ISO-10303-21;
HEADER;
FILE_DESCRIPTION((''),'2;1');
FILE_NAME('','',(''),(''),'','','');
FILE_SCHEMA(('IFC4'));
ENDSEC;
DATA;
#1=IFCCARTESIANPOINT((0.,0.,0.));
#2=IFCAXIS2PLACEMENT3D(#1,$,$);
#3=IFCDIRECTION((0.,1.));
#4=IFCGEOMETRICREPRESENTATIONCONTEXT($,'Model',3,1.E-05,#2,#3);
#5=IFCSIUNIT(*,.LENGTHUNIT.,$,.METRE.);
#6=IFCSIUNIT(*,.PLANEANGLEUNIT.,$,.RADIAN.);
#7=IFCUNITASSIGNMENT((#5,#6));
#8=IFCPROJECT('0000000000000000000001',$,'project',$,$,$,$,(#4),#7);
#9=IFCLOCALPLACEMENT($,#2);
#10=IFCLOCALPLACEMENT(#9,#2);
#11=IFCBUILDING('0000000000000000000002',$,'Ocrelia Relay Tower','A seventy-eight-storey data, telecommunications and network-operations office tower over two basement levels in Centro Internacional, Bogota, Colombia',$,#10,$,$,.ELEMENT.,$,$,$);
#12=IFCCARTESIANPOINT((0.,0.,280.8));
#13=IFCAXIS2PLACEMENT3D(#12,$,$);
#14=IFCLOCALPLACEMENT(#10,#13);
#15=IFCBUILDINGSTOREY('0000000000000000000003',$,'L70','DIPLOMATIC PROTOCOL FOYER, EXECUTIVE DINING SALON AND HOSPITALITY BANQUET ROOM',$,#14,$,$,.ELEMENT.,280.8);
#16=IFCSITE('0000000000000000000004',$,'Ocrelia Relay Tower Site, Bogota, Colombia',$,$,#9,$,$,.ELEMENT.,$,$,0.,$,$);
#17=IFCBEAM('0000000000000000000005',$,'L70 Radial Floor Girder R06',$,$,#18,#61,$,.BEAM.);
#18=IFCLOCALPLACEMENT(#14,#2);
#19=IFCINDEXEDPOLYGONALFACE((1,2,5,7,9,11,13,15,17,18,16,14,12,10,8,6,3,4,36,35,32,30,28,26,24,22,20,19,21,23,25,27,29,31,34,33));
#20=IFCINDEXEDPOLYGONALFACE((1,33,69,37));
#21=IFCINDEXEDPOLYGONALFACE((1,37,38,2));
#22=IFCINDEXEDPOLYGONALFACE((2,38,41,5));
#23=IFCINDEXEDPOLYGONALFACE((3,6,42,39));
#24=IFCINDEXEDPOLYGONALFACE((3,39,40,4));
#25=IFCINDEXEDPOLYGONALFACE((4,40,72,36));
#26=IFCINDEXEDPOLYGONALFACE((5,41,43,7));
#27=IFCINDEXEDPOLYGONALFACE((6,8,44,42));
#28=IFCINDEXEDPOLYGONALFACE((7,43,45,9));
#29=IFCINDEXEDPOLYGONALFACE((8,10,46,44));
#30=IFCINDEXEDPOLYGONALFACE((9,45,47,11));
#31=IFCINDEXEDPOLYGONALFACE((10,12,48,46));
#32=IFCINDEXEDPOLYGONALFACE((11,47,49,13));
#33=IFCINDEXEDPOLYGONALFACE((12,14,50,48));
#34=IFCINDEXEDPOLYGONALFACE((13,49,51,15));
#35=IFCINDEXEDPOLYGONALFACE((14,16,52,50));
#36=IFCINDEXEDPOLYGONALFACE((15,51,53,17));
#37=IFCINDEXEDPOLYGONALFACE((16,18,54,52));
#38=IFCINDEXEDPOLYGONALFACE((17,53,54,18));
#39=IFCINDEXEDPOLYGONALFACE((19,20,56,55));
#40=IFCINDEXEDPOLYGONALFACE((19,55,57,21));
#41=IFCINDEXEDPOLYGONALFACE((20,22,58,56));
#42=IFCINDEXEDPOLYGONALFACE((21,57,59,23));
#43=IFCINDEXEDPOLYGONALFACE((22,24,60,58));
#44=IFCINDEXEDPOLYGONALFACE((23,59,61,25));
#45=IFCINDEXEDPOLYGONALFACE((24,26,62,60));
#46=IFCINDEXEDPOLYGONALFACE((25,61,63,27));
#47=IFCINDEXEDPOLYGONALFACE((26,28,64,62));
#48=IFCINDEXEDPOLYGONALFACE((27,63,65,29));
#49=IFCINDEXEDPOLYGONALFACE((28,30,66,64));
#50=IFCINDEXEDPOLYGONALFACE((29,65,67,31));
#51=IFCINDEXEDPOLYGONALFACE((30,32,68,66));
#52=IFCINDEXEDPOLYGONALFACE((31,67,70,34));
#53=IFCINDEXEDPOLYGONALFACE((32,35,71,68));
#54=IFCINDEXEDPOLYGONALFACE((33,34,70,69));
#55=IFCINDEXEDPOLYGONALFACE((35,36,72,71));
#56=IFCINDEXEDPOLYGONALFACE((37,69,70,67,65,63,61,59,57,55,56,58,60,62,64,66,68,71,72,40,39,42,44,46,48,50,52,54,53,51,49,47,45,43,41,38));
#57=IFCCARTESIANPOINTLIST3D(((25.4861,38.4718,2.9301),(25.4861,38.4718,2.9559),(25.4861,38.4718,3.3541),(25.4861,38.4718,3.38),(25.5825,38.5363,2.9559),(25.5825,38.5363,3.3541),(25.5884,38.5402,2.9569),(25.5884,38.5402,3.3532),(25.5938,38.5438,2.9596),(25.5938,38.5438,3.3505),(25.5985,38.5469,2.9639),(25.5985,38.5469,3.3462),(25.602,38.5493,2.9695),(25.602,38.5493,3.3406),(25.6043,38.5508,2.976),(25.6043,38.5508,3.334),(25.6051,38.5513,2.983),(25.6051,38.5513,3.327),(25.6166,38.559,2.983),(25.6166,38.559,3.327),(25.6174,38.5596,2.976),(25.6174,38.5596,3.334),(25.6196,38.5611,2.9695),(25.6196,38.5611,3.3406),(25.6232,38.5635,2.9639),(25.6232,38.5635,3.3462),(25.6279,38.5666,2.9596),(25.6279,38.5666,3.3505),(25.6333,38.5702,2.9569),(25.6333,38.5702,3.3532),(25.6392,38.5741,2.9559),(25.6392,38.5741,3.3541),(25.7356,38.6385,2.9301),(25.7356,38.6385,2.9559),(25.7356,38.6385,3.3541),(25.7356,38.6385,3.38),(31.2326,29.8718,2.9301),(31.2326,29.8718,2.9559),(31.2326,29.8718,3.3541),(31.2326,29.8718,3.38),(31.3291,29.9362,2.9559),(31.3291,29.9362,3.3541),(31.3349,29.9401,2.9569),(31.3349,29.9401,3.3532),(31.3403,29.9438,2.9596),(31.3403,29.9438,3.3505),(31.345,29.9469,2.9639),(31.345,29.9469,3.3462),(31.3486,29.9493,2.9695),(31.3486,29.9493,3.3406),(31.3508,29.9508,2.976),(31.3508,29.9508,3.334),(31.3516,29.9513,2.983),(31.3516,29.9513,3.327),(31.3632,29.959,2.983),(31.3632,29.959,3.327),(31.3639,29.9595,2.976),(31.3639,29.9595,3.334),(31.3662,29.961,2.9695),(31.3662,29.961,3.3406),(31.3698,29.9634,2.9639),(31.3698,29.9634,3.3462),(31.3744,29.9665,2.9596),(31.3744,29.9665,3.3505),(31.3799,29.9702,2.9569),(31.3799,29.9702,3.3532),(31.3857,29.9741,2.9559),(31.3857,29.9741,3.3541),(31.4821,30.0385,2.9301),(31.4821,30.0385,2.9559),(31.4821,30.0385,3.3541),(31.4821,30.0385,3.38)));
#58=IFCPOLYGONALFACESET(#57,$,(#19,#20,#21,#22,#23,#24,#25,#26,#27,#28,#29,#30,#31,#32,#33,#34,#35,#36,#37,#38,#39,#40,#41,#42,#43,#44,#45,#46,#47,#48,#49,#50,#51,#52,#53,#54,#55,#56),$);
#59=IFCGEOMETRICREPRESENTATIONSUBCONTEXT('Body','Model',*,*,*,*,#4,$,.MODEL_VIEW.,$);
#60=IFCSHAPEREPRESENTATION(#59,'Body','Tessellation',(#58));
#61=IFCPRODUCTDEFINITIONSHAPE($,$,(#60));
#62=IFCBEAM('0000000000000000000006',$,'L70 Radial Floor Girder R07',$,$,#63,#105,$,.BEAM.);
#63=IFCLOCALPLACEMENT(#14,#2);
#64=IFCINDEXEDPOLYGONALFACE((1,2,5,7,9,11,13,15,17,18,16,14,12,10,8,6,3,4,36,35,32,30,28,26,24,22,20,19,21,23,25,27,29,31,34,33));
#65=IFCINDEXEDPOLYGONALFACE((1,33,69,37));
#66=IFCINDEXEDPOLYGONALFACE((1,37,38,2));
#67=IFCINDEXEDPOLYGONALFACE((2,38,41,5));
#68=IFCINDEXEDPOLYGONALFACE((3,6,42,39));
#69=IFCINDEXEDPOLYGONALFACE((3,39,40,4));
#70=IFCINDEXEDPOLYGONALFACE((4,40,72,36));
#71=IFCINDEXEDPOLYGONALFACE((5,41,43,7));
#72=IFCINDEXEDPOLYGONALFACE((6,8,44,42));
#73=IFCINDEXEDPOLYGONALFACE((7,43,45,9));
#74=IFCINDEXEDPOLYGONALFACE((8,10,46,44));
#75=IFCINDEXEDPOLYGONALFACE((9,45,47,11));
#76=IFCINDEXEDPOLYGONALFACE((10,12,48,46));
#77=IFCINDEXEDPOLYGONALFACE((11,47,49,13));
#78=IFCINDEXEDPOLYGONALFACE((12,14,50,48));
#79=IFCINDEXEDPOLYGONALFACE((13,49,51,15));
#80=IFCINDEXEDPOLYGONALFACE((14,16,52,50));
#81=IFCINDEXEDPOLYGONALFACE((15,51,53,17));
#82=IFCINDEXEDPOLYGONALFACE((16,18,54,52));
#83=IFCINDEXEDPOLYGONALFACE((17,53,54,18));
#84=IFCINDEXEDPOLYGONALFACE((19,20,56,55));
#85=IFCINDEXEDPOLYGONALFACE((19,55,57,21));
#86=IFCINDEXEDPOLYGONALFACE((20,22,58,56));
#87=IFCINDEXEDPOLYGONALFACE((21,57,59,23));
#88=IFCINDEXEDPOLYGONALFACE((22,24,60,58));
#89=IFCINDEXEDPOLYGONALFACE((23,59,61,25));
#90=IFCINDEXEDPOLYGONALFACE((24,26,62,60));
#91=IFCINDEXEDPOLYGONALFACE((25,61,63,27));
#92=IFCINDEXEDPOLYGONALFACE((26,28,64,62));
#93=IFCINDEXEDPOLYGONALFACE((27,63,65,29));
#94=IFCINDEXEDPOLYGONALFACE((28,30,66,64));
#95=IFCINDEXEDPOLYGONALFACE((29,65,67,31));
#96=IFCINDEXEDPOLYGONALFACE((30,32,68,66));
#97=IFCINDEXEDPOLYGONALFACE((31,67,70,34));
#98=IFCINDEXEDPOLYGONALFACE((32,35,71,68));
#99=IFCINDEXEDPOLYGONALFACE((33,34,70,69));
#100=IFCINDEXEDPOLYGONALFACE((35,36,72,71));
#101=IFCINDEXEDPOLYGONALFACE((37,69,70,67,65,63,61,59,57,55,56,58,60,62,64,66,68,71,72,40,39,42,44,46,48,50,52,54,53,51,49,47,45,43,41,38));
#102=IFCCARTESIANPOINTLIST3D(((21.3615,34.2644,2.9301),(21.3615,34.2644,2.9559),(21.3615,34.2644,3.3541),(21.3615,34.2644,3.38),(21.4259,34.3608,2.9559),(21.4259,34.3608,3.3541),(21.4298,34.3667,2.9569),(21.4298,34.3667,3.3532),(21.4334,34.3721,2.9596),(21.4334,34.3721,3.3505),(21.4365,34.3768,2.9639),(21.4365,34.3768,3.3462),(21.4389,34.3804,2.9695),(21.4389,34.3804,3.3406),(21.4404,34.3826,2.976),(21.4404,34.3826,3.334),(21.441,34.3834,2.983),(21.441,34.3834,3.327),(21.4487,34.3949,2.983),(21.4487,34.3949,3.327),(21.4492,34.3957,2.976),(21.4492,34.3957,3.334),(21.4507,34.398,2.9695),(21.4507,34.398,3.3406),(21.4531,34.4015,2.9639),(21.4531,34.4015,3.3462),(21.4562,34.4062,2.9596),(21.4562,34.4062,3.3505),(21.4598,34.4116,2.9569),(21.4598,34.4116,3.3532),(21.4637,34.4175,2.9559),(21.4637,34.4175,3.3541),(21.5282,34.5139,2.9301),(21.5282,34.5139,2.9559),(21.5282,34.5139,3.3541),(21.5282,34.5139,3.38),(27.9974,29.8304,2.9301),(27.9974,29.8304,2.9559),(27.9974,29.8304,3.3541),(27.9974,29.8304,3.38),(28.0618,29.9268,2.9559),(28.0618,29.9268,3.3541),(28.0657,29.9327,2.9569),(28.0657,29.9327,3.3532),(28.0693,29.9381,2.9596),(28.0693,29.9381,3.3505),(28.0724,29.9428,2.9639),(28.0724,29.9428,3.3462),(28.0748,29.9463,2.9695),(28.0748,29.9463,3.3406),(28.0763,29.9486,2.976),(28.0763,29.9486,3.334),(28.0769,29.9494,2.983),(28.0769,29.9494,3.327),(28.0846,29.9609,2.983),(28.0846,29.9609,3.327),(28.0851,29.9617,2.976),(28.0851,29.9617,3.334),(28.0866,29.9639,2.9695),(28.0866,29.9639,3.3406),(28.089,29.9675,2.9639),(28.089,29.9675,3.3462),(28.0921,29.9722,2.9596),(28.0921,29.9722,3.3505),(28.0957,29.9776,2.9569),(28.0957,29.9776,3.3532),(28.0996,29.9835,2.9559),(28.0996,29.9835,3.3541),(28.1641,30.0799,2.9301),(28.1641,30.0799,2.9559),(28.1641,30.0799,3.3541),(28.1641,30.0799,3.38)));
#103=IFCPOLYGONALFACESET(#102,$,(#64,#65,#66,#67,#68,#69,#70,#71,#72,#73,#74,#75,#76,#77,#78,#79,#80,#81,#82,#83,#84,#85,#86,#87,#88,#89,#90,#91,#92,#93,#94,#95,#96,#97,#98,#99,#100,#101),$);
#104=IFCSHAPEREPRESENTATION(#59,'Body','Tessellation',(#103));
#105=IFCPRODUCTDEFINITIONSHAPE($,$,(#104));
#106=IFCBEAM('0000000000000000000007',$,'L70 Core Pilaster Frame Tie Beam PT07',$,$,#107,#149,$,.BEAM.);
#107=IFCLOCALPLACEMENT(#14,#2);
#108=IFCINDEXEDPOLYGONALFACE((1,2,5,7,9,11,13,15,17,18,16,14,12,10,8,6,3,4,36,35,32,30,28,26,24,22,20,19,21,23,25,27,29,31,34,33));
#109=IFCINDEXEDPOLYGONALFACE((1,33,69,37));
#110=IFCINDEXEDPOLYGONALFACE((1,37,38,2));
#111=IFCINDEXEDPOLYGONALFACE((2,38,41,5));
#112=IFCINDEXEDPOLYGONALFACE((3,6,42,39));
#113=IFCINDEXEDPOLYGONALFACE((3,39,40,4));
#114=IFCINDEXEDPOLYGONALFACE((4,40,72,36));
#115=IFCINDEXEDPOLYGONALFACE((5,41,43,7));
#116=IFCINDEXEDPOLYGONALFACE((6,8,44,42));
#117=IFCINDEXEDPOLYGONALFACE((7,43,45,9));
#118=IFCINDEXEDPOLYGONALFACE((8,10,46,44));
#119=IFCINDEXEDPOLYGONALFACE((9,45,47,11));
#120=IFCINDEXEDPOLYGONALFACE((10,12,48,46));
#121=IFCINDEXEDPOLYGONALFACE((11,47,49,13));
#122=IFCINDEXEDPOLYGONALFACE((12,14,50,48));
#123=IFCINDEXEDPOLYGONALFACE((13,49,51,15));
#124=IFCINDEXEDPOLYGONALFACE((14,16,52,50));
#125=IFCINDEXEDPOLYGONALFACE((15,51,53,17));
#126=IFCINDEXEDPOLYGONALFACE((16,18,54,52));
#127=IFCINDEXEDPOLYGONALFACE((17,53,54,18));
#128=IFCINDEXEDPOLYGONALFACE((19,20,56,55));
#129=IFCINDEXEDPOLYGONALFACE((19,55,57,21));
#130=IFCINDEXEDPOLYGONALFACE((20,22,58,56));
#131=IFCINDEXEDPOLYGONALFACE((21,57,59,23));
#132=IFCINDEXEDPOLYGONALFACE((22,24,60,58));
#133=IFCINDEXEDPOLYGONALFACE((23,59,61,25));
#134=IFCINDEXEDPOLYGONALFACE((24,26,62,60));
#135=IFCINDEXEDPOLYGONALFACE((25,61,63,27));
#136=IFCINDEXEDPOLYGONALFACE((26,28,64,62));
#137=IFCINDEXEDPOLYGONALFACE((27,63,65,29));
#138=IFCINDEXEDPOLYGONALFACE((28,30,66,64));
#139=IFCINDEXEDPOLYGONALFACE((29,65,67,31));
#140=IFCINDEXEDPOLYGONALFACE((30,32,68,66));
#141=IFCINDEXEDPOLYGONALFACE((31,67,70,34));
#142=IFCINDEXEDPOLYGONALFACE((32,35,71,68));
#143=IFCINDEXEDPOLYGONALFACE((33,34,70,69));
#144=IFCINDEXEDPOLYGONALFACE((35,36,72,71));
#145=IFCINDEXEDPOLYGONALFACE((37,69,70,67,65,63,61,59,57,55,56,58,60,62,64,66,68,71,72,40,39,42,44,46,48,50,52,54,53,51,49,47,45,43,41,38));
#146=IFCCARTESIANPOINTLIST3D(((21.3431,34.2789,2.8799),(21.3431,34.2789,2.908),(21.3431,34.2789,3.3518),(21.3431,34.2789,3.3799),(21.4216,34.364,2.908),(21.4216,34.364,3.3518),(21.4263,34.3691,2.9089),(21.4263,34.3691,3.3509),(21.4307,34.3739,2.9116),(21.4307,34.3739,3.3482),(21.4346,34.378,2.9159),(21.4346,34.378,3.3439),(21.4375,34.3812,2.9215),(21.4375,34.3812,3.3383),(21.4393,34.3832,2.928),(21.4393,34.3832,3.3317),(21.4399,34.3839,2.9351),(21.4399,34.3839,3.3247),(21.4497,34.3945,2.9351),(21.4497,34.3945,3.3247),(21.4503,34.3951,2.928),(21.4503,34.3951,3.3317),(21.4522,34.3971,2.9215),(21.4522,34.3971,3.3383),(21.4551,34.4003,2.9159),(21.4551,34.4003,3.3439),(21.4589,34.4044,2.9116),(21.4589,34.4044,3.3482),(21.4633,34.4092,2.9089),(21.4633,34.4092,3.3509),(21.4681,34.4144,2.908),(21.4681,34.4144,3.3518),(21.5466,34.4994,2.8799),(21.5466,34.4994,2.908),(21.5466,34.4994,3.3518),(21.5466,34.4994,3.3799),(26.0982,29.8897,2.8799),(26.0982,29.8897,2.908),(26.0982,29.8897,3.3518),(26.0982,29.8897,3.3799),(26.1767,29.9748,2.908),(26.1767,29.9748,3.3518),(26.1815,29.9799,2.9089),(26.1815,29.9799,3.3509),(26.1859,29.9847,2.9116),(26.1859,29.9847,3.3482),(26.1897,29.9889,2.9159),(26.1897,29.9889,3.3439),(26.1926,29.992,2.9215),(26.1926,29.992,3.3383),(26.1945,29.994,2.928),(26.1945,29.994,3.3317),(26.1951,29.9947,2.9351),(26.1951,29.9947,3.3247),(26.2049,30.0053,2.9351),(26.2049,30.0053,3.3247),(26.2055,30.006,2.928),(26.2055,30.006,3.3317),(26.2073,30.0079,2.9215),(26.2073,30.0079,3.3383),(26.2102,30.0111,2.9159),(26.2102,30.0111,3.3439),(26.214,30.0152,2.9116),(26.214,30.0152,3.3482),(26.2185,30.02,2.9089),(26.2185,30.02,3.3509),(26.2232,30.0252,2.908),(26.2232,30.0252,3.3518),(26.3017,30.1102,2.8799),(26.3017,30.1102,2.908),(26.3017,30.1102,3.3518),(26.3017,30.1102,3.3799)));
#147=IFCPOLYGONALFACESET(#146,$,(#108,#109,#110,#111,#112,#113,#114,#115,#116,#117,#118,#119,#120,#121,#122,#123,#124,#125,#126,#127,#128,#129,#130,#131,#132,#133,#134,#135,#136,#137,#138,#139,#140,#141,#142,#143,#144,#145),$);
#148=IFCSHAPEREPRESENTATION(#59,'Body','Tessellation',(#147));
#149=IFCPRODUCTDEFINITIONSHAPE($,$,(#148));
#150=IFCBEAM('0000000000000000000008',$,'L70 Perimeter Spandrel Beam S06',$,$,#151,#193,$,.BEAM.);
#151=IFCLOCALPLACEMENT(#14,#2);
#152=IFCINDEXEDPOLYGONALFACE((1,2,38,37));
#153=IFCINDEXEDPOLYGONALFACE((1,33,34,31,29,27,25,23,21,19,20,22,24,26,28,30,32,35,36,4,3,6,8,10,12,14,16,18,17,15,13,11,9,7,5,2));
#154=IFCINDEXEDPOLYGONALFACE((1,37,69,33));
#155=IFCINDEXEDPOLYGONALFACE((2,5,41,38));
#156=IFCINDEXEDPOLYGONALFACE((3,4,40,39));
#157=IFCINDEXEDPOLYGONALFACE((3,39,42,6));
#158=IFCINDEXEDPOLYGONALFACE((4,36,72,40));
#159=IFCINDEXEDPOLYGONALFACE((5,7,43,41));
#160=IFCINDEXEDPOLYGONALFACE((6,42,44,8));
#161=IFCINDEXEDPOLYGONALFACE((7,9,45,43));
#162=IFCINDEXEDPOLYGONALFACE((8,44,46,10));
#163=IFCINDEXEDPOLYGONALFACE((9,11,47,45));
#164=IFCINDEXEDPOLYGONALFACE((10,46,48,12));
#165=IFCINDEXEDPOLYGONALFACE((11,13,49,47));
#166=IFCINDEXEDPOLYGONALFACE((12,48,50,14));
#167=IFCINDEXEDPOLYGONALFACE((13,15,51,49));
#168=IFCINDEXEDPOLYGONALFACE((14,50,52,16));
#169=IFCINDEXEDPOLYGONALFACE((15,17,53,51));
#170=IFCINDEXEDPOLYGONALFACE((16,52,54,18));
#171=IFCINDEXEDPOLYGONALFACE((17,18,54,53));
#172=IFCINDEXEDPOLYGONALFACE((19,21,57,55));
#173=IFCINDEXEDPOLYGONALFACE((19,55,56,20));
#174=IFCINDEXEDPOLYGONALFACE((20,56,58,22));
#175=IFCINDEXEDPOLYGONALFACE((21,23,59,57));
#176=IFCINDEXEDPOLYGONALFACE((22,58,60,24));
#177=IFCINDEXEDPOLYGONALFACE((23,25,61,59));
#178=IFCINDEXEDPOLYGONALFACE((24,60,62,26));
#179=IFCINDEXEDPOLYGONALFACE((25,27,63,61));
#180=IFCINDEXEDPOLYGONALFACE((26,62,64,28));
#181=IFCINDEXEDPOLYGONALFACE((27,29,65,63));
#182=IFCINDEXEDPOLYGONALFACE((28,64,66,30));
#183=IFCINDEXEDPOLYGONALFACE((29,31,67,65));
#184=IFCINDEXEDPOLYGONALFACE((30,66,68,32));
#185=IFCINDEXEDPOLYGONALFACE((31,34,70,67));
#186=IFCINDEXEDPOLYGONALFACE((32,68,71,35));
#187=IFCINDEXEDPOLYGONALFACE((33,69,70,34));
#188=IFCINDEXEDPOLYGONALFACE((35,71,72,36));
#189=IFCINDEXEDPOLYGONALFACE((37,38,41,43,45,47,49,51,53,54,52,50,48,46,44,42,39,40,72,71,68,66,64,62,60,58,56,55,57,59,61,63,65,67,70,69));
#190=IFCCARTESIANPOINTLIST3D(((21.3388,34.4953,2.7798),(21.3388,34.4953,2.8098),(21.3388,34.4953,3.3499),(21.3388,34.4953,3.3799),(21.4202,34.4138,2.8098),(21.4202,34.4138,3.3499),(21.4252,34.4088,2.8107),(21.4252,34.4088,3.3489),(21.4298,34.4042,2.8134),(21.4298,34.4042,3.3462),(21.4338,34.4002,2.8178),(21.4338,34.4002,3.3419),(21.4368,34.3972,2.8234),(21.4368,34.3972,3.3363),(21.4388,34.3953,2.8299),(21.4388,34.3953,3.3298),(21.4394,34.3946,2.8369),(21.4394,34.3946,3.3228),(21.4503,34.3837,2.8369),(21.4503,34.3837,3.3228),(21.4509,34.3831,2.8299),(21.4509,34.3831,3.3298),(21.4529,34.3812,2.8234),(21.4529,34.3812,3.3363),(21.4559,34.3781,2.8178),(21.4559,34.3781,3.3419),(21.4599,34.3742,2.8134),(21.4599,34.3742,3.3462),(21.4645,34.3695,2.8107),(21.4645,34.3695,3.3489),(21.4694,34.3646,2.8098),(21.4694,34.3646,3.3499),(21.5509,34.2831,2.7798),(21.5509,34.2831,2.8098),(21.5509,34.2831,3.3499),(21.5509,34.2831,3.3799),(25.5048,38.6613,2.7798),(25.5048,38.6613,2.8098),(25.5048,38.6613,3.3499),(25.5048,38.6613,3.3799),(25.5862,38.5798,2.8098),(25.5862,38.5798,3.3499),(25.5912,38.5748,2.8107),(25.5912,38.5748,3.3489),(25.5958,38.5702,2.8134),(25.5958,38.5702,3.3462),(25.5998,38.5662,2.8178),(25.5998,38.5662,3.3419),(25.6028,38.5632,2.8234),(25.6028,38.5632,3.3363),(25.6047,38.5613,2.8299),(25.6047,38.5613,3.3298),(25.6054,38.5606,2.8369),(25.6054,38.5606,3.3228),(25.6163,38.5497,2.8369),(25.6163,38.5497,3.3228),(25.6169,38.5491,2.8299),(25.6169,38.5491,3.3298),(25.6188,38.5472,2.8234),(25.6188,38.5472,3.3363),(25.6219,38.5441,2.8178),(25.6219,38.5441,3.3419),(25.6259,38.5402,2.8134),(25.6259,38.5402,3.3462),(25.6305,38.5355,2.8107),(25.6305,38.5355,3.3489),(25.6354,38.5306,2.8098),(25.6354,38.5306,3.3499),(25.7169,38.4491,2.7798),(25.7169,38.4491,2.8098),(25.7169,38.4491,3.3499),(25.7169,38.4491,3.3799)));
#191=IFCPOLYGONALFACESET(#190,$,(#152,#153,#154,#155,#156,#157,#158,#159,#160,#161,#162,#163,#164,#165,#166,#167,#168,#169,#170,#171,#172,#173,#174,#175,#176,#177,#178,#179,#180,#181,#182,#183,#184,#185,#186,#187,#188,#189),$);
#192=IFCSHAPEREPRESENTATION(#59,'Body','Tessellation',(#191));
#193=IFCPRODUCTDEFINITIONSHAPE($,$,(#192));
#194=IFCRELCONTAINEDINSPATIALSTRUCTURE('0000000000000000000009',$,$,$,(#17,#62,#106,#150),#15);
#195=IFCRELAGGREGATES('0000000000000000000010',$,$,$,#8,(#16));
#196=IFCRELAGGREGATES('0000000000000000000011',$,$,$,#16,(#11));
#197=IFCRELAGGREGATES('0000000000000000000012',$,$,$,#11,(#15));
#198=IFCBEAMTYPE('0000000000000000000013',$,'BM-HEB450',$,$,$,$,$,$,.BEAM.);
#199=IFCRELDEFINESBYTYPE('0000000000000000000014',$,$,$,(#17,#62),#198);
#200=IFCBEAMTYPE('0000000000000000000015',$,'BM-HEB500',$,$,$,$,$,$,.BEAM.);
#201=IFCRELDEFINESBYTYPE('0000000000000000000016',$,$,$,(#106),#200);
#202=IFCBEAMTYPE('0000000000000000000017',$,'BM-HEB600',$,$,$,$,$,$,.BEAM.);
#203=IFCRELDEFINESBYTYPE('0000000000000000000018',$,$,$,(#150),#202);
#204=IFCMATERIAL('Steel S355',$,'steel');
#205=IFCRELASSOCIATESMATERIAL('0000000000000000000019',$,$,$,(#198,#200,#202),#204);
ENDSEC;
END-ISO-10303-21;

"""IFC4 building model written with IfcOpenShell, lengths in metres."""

from ifc_helpers import new_model, si_unit, direction, frame, origin, origin_2d, place, context, subcontext, project, spatial, i_section, extrude, material, material_profile, profile_set, type_object, element, save


model = new_model("IFC4")

# Units and contexts
model_context = context("Model", 3, precision=1e-05, world=origin(), true_north=direction((0.0, 1.0)))
body_context = subcontext(model_context, "Body", "Model", "MODEL_VIEW")
ifc_project = project(units=[si_unit("LENGTHUNIT", "METRE"), si_unit("PLANEANGLEUNIT", "RADIAN")], contexts=[model_context])

# Site, building, storey
site_placement = place(None, origin())
site = spatial("IfcSite", under=ifc_project, at=site_placement, Name="Ocrelia Relay Tower Site, Bogota, Colombia", CompositionType="ELEMENT", RefElevation=0.0)
building_placement = place(site_placement, origin())
building = spatial("IfcBuilding", under=site, at=building_placement, Name="Ocrelia Relay Tower", Description="A seventy-eight-storey data, telecommunications and network-operations office tower over two basement levels in Centro Internacional, Bogota, Colombia", CompositionType="ELEMENT")
storey_placement = place(building_placement, frame((0.0, 0.0, 280.8)))
storey = spatial("IfcBuildingStorey", under=building, at=storey_placement, Name="L70", Description="DIPLOMATIC PROTOCOL FOYER, EXECUTIVE DINING SALON AND HOSPITALITY BANQUET ROOM", CompositionType="ELEMENT", Elevation=280.8)

# Beams
ifc_material_1 = material(Name="Steel S355", Category="steel")
ifc_material_profile_1 = material_profile(ifc_material_1, i_section(OverallWidth=0.3, OverallDepth=0.45, WebThickness=0.0139, FlangeThickness=0.0259, FilletRadius=0.0271, at=origin_2d()), Name="HEB 450")
ifc_profile_set_1 = profile_set([ifc_material_profile_1], Name="Steel S355")
beam_type_1 = type_object("IfcBeamType", Name="BM-HEB450", PredefinedType="BEAM", material=ifc_profile_set_1)
beam_1_placement = place(storey_placement, frame((25.6108, 38.5552, 3.155), z_axis=(0.555582, -0.831462, 0.0), x_axis=(0.831462, 0.555582, 0.0)))
element("IfcBeam", 1, at=beam_1_placement, inside=storey, type_object=beam_type_1, Name="L70 Radial Floor Girder R06", PredefinedType="BEAM", context=body_context, shape_type="SweptSolid", body=[
    extrude(i_section(OverallWidth=0.3, OverallDepth=0.45, WebThickness=0.0139, FlangeThickness=0.0259, FilletRadius=0.0271, at=origin_2d()), origin(), (0.0, 0.0, 1.0), 10.3433),
])
beam_2_placement = place(storey_placement, frame((21.4448, 34.3892, 3.155), z_axis=(0.831466, -0.555575, 0.0), x_axis=(0.555575, 0.831466, 0.0)))
element("IfcBeam", 2, at=beam_2_placement, inside=storey, type_object=beam_type_1, Name="L70 Radial Floor Girder R07", PredefinedType="BEAM", context=body_context, shape_type="SweptSolid", body=[
    extrude(i_section(OverallWidth=0.3, OverallDepth=0.45, WebThickness=0.0139, FlangeThickness=0.0259, FilletRadius=0.0271, at=origin_2d()), origin(), (0.0, 0.0, 1.0), 7.981),
])
ifc_material_profile_2 = material_profile(ifc_material_1, i_section(OverallWidth=0.3, OverallDepth=0.5, WebThickness=0.0144, FlangeThickness=0.0281, FilletRadius=0.0271, at=origin_2d()), Name="HEB 500")
ifc_profile_set_2 = profile_set([ifc_material_profile_2], Name="Steel S355")
beam_type_2 = type_object("IfcBeamType", Name="BM-HEB500", PredefinedType="BEAM", material=ifc_profile_set_2)
beam_3_placement = place(storey_placement, frame((21.4448, 34.3892, 3.1299), z_axis=(0.734818, -0.678264, 0.0), x_axis=(0.678264, 0.734818, 0.0)))
element("IfcBeam", 3, at=beam_3_placement, inside=storey, type_object=beam_type_2, Name="L70 Core Pilaster Frame Tie Beam PT07", PredefinedType="BEAM", context=body_context, shape_type="SweptSolid", body=[
    extrude(i_section(OverallWidth=0.3, OverallDepth=0.5, WebThickness=0.0144, FlangeThickness=0.0281, FilletRadius=0.0271, at=origin_2d()), origin(), (0.0, 0.0, 1.0), 6.4712),
])
ifc_material_profile_3 = material_profile(ifc_material_1, i_section(OverallWidth=0.3, OverallDepth=0.6001, WebThickness=0.0154, FlangeThickness=0.03, FilletRadius=0.0271, at=origin_2d()), Name="HEB 600")
ifc_profile_set_3 = profile_set([ifc_material_profile_3], Name="Steel S355")
beam_type_3 = type_object("IfcBeamType", Name="BM-HEB600", PredefinedType="BEAM", material=ifc_profile_set_3)
beam_4_placement = place(storey_placement, frame((25.6108, 38.5552, 3.0798), z_axis=(-0.707107, -0.707107, 0.0), x_axis=(0.707107, -0.707107, 0.0)))
element("IfcBeam", 4, at=beam_4_placement, inside=storey, type_object=beam_type_3, Name="L70 Perimeter Spandrel Beam S06", PredefinedType="BEAM", context=body_context, shape_type="SweptSolid", body=[
    extrude(i_section(OverallWidth=0.3, OverallDepth=0.6001, WebThickness=0.0154, FlangeThickness=0.03, FilletRadius=0.0271, at=origin_2d()), origin(), (0.0, 0.0, 1.0), 5.8916),
])

save(model, "model.ifc")
